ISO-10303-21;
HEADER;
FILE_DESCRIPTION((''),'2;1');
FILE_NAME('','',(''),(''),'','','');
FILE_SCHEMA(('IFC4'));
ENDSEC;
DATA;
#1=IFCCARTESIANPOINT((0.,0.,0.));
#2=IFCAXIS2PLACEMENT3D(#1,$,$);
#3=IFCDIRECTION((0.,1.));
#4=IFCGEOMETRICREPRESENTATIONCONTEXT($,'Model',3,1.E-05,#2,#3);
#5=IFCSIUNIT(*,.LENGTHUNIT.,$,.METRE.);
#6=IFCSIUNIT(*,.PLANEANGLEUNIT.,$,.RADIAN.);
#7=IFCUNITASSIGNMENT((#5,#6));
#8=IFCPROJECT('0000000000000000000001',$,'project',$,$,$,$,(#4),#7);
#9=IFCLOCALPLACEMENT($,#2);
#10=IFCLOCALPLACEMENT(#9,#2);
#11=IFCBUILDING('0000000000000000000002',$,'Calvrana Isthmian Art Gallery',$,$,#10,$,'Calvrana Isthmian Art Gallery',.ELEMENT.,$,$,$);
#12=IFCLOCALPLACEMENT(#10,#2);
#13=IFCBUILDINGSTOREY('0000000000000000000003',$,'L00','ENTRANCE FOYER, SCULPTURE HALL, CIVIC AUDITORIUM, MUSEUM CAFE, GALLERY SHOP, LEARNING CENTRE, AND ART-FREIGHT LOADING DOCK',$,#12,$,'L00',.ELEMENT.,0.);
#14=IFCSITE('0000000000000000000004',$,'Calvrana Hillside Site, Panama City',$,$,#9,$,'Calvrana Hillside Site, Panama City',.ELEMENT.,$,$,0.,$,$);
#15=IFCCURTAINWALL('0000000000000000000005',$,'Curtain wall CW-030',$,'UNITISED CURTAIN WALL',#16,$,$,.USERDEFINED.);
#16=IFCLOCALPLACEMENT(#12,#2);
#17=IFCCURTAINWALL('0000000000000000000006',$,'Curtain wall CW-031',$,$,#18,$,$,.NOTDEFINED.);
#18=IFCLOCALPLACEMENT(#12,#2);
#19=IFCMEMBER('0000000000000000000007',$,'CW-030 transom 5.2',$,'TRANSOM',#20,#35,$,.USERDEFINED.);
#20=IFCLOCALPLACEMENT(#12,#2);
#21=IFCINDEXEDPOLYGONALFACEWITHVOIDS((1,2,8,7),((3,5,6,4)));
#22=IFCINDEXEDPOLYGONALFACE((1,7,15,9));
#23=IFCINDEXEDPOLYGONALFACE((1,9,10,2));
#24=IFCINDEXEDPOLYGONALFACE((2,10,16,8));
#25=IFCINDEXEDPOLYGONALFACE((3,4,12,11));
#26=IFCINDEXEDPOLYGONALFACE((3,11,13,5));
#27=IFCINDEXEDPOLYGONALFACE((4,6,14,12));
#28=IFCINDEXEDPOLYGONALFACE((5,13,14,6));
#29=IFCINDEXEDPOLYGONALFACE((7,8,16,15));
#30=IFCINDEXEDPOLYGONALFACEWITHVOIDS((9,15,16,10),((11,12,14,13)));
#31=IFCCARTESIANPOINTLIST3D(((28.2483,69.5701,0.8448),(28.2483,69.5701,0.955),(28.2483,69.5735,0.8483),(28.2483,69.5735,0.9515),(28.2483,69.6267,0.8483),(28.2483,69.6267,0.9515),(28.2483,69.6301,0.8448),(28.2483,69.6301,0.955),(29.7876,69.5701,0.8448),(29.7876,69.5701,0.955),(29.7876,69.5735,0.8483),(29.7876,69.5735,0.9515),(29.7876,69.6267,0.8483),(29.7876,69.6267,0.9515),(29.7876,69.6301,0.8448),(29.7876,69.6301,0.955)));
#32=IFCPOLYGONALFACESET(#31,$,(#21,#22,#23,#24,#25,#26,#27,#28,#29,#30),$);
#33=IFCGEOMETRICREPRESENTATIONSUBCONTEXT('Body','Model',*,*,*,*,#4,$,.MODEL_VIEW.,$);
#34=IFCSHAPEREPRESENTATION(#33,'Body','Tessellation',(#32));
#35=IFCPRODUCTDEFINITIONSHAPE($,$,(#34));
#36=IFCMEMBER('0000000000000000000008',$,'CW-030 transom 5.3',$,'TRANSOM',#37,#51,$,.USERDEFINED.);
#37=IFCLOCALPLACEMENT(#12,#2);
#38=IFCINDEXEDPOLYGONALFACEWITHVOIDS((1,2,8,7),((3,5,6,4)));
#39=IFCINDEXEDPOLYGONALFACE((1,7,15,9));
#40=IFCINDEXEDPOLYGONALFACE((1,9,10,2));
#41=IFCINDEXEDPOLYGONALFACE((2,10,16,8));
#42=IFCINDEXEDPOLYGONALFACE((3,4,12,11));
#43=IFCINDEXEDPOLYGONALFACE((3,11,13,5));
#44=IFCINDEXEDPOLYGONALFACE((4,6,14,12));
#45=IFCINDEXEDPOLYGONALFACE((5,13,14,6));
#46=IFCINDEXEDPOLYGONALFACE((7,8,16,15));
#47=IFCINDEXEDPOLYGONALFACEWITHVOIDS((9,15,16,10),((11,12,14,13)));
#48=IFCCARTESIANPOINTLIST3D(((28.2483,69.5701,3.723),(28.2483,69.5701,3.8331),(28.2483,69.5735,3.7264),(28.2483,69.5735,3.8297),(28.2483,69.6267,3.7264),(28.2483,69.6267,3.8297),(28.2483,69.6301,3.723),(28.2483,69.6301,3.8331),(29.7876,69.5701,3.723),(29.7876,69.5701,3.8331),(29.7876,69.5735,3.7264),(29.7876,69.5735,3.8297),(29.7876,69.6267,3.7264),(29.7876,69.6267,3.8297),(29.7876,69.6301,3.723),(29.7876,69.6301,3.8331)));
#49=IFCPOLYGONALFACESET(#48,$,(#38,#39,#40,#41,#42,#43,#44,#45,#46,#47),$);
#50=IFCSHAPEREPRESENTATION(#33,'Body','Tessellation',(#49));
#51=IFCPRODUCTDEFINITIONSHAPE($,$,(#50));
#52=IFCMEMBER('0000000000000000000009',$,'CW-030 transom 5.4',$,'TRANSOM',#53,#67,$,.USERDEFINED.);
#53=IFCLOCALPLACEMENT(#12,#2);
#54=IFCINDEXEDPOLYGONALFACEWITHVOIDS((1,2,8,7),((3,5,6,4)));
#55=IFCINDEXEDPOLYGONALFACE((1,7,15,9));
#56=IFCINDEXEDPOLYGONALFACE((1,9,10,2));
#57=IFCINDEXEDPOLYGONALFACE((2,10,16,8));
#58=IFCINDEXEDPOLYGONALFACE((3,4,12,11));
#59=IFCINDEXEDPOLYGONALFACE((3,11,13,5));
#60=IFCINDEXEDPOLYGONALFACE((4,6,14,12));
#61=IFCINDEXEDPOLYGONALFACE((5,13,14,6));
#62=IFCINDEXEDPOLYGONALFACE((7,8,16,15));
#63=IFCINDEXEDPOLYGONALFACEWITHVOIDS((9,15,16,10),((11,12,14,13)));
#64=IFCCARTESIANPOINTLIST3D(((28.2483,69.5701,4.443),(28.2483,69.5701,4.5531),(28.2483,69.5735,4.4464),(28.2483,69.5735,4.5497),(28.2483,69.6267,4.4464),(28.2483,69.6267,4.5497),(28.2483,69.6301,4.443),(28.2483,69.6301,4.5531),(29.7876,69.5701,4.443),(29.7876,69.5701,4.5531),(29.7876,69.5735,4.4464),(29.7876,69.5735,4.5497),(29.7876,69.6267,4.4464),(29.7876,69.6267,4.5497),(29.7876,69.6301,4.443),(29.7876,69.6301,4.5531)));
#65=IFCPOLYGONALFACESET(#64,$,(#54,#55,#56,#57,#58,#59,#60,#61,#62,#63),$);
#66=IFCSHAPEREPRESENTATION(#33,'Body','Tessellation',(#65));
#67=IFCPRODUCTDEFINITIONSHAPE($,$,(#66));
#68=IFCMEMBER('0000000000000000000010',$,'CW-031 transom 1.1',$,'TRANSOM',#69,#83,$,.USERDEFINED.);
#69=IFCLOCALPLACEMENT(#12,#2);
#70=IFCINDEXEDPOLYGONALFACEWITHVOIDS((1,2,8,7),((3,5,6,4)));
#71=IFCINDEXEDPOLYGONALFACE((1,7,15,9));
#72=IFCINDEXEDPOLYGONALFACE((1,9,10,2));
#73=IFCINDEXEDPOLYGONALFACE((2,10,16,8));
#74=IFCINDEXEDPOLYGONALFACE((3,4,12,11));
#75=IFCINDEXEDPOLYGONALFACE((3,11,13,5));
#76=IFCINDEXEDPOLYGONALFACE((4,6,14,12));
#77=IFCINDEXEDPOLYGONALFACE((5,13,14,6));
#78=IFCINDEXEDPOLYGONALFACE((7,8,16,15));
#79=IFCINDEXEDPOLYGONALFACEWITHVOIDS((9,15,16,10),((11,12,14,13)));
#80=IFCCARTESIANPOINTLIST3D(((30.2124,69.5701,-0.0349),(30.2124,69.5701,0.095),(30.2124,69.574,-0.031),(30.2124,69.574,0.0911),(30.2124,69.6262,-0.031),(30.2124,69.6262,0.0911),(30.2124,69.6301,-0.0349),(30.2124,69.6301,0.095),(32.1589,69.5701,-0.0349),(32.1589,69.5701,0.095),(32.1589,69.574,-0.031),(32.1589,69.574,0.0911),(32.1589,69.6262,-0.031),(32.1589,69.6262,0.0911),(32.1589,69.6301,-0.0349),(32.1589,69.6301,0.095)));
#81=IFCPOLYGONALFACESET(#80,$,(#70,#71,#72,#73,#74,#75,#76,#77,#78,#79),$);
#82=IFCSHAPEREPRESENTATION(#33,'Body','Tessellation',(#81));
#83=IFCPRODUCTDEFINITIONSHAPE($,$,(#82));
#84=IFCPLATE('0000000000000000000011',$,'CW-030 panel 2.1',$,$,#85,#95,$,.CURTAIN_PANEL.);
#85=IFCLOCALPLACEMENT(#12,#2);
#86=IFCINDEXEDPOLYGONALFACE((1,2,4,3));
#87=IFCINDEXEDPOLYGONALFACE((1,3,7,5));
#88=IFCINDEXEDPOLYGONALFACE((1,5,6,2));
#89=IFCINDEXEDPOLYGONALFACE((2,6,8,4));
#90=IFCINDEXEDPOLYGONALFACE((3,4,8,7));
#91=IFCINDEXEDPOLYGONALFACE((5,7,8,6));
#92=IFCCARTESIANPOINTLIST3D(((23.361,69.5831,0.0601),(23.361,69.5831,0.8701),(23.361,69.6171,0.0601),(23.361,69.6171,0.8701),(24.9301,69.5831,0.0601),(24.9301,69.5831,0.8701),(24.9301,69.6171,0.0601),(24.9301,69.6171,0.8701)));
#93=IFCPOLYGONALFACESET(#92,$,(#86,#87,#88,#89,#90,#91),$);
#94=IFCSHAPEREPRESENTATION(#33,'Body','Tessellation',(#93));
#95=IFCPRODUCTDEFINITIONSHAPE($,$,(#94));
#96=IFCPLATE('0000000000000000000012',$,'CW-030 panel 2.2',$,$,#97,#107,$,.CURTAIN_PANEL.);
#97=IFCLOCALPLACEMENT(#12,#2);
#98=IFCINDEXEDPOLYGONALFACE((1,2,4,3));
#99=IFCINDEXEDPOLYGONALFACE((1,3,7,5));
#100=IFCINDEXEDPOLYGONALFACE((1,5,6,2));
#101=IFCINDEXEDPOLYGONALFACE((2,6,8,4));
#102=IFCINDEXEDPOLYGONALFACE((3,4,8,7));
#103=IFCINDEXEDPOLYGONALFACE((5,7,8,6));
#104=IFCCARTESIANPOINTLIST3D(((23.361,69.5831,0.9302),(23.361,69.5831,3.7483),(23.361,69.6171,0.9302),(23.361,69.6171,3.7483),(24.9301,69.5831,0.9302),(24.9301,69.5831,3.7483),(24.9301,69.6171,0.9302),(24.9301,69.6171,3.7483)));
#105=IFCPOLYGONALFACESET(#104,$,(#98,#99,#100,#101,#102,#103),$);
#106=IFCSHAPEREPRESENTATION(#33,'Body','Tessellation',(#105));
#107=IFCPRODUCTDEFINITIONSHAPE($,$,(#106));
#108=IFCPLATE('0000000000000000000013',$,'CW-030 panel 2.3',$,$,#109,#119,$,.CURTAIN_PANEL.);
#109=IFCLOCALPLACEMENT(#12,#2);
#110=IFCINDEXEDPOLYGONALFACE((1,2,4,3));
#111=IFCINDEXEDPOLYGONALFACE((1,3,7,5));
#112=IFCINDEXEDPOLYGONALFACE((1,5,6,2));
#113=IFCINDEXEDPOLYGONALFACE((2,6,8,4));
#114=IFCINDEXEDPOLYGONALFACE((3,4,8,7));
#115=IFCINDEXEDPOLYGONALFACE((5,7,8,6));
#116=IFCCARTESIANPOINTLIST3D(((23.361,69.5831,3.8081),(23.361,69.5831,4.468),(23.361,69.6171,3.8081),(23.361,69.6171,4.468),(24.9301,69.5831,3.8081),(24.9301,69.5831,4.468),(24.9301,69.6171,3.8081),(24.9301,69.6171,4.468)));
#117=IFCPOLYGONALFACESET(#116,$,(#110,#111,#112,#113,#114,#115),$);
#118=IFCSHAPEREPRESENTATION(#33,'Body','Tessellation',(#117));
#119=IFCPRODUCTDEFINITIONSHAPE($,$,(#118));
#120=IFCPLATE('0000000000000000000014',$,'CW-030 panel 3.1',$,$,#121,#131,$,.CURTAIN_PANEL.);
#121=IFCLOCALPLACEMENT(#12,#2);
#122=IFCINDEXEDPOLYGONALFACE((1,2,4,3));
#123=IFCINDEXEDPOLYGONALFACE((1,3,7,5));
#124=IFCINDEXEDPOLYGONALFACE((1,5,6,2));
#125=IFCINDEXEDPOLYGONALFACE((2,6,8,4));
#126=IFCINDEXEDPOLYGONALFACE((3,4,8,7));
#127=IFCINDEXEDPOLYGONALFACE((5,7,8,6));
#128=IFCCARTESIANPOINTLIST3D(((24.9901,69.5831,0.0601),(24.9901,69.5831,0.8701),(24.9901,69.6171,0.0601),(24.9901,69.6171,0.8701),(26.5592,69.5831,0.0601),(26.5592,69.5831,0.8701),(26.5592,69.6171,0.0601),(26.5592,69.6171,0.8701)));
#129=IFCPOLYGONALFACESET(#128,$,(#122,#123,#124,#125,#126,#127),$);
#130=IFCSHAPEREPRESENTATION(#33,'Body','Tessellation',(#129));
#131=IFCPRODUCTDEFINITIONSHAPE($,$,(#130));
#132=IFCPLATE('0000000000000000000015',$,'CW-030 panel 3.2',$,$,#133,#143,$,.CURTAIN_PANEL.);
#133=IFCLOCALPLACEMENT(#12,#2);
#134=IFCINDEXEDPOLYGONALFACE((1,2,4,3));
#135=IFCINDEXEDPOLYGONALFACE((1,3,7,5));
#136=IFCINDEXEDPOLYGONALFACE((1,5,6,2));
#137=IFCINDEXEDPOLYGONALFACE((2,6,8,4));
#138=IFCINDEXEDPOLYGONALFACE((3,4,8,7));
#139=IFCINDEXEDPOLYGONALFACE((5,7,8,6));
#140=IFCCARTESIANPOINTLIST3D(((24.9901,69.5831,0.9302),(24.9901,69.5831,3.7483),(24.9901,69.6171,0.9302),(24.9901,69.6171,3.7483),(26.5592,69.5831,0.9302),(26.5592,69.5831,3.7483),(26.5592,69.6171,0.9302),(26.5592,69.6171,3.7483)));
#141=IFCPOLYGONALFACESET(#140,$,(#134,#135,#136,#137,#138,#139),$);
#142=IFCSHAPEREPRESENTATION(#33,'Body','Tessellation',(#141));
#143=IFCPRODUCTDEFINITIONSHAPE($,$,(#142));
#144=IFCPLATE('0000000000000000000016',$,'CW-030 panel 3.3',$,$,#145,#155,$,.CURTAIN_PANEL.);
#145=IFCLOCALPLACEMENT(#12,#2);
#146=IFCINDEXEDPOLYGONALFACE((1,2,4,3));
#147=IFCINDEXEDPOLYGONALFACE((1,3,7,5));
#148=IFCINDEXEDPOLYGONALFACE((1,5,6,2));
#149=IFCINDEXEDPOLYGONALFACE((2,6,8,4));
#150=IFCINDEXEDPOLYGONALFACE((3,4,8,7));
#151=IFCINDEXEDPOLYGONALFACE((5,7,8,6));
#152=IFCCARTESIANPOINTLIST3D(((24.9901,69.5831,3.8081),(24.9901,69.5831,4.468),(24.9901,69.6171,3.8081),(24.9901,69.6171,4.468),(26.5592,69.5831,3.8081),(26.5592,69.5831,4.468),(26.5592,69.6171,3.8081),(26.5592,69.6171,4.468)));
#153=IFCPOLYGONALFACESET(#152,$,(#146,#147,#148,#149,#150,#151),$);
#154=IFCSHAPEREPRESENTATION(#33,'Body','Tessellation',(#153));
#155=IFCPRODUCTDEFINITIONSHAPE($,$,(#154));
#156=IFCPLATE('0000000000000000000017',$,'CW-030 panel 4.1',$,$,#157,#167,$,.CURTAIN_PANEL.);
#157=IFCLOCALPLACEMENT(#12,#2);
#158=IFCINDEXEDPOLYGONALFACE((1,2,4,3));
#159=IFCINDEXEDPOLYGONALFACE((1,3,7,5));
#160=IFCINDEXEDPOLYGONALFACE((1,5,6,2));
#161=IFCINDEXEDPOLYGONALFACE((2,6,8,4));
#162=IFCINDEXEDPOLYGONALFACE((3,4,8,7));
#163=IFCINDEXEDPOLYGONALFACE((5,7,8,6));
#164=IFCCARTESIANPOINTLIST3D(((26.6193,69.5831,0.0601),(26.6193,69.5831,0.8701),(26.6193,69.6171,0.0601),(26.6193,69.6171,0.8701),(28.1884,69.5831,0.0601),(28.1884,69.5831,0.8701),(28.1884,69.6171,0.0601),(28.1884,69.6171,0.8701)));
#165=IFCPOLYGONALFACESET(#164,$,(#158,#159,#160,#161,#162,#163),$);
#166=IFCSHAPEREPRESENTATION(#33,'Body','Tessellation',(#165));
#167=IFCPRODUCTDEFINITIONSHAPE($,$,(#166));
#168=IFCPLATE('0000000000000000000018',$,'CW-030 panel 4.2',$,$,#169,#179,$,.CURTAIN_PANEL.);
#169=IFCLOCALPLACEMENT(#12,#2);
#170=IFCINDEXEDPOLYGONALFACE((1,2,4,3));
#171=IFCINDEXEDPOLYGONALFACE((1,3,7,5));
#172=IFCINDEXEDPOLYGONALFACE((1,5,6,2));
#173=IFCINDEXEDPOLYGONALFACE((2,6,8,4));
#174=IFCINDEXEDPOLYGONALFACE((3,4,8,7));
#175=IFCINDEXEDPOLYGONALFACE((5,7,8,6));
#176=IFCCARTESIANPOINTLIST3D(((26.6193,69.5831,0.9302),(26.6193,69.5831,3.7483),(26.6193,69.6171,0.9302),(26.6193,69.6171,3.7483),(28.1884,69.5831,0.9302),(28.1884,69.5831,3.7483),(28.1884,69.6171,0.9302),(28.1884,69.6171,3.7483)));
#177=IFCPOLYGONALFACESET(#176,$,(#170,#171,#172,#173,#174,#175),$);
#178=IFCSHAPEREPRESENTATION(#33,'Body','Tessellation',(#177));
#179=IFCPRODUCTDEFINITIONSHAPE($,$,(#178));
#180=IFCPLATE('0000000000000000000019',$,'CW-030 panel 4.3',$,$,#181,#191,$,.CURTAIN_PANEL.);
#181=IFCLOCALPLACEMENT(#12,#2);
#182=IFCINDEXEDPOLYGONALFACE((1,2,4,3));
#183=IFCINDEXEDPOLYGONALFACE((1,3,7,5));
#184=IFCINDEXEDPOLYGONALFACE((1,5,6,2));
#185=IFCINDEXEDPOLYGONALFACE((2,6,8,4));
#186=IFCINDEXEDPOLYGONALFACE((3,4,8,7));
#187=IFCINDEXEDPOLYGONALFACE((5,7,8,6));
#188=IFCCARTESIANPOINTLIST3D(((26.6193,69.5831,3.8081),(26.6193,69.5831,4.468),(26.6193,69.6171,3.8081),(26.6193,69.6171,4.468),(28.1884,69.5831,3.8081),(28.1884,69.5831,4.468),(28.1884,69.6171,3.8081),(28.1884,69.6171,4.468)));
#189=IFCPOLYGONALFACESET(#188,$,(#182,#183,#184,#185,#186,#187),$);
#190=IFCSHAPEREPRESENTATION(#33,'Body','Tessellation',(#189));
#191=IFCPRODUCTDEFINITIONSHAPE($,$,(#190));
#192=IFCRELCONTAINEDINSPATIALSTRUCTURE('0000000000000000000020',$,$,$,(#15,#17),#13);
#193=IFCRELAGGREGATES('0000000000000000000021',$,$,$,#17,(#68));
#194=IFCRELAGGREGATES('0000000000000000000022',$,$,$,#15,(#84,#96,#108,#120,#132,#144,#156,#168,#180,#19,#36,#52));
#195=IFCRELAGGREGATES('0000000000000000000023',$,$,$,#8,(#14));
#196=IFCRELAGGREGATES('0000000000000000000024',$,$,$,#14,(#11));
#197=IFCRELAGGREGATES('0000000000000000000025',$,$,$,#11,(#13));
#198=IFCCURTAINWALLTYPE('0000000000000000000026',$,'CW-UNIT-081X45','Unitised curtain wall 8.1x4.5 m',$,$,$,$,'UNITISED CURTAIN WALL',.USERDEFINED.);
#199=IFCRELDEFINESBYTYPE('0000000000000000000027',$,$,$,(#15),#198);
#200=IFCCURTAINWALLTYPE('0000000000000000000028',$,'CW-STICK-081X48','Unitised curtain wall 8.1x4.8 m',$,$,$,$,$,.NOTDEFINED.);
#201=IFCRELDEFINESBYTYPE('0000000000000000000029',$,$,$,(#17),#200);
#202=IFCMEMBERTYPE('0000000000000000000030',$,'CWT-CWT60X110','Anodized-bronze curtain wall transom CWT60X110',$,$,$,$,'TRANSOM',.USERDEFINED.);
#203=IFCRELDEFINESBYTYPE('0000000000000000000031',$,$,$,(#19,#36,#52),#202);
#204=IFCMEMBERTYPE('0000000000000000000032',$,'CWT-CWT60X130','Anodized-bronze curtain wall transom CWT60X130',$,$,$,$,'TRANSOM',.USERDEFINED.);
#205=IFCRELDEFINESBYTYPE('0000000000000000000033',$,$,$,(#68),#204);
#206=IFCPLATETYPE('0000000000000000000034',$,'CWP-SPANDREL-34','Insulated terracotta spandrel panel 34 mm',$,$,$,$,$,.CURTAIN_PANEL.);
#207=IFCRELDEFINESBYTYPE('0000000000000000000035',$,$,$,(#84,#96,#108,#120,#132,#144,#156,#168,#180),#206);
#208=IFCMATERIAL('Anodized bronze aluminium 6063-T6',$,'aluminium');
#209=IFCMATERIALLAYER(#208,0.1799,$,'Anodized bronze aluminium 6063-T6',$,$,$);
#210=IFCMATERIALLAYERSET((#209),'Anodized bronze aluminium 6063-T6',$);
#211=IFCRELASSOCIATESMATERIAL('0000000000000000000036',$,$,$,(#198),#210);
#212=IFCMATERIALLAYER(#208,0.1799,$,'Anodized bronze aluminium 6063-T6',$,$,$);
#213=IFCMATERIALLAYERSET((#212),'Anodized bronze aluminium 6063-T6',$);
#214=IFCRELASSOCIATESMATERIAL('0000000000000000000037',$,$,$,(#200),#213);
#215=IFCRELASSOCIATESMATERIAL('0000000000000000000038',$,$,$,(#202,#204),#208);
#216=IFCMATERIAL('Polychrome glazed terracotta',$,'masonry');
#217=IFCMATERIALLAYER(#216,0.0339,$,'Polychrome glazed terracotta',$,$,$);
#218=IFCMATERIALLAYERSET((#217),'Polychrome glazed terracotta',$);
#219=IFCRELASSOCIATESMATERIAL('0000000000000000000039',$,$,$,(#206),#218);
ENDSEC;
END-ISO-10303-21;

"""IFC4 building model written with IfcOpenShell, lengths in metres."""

from ifc_helpers import new_model, si_unit, direction, frame, origin, origin_2d, place, context, subcontext, project, spatial, rectangle, hollow_rectangle, extrude, material, layer, layer_set, material_profile, profile_set, type_object, element, aggregate, save


model = new_model("IFC4")

# Units and contexts
model_context = context("Model", 3, precision=1e-05, world=origin(), true_north=direction((0.0, 1.0)))
body_context = subcontext(model_context, "Body", "Model", "MODEL_VIEW")
ifc_project = project(units=[si_unit("LENGTHUNIT", "METRE"), si_unit("PLANEANGLEUNIT", "RADIAN")], contexts=[model_context])

# Site, building, storey
site_placement = place(None, origin())
site = spatial("IfcSite", under=ifc_project, at=site_placement, Name="Calvrana Hillside Site, Panama City", LongName="Calvrana Hillside Site, Panama City", CompositionType="ELEMENT", RefElevation=0.0)
building_placement = place(site_placement, origin())
building = spatial("IfcBuilding", under=site, at=building_placement, Name="Calvrana Isthmian Art Gallery", LongName="Calvrana Isthmian Art Gallery", CompositionType="ELEMENT")
storey_placement = place(building_placement, origin())
storey = spatial("IfcBuildingStorey", under=building, at=storey_placement, Name="L00", Description="ENTRANCE FOYER, SCULPTURE HALL, CIVIC AUDITORIUM, MUSEUM CAFE, GALLERY SHOP, LEARNING CENTRE, AND ART-FREIGHT LOADING DOCK", LongName="L00", CompositionType="ELEMENT", Elevation=0.0)

# Curtain wall
ifc_material_1 = material(Name="Anodized bronze aluminium 6063-T6", Category="aluminium")
ifc_layer_1 = layer(ifc_material_1, 0.1799, Name="Anodized bronze aluminium 6063-T6")
ifc_layer_set_1 = layer_set([ifc_layer_1], Name="Anodized bronze aluminium 6063-T6")
curtain_wall_type_1 = type_object("IfcCurtainWallType", Name="CW-UNIT-081X45", Description="Unitised curtain wall 8.1x4.5 m", ElementType="UNITISED CURTAIN WALL", PredefinedType="USERDEFINED", material=ifc_layer_set_1)
curtain_wall_1_placement = place(storey_placement, origin())
curtain_wall_1 = element("IfcCurtainWall", 1, at=curtain_wall_1_placement, inside=storey, type_object=curtain_wall_type_1, Name="Curtain wall CW-030", ObjectType="UNITISED CURTAIN WALL", PredefinedType="USERDEFINED")

# Curtain wall
ifc_layer_2 = layer(ifc_material_1, 0.1799, Name="Anodized bronze aluminium 6063-T6")
ifc_layer_set_2 = layer_set([ifc_layer_2], Name="Anodized bronze aluminium 6063-T6")
curtain_wall_type_2 = type_object("IfcCurtainWallType", Name="CW-STICK-081X48", Description="Unitised curtain wall 8.1x4.8 m", PredefinedType="NOTDEFINED", material=ifc_layer_set_2)
curtain_wall_2_placement = place(storey_placement, origin())
curtain_wall_2 = element("IfcCurtainWall", 2, at=curtain_wall_2_placement, inside=storey, type_object=curtain_wall_type_2, Name="Curtain wall CW-031", PredefinedType="NOTDEFINED")

# Members
ifc_material_profile_1 = material_profile(ifc_material_1, hollow_rectangle(XDim=0.0601, YDim=0.1101, WallThickness=0.0034, at=origin_2d()), Name="CWT60X110")
ifc_profile_set_1 = profile_set([ifc_material_profile_1], Name="Anodized bronze aluminium 6063-T6")
member_type_1 = type_object("IfcMemberType", Name="CWT-CWT60X110", Description="Anodized-bronze curtain wall transom CWT60X110", ElementType="TRANSOM", PredefinedType="USERDEFINED", material=ifc_profile_set_1)
member_1_placement = place(storey_placement, frame((28.2483, 69.6001, 0.8999), z_axis=(1.0, 0.0, 0.0), x_axis=(0.0, 1.0, 0.0)))
member_1 = element("IfcMember", 3, at=member_1_placement, type_object=member_type_1, Name="CW-030 transom 5.2", ObjectType="TRANSOM", PredefinedType="USERDEFINED", context=body_context, shape_type="SweptSolid", body=[
    extrude(hollow_rectangle(XDim=0.0601, YDim=0.1101, WallThickness=0.0034, at=origin_2d()), origin(), (0.0, 0.0, 1.0), 1.5393),
])
member_2_placement = place(storey_placement, frame((28.2483, 69.6001, 3.7781), z_axis=(1.0, 0.0, 0.0), x_axis=(0.0, 1.0, 0.0)))
member_2 = element("IfcMember", 4, at=member_2_placement, type_object=member_type_1, Name="CW-030 transom 5.3", ObjectType="TRANSOM", PredefinedType="USERDEFINED", context=body_context, shape_type="SweptSolid", body=[
    extrude(hollow_rectangle(XDim=0.0601, YDim=0.1101, WallThickness=0.0034, at=origin_2d()), origin(), (0.0, 0.0, 1.0), 1.5393),
])
member_3_placement = place(storey_placement, frame((28.2483, 69.6001, 4.498), z_axis=(1.0, 0.0, 0.0), x_axis=(0.0, 1.0, 0.0)))
member_3 = element("IfcMember", 5, at=member_3_placement, type_object=member_type_1, Name="CW-030 transom 5.4", ObjectType="TRANSOM", PredefinedType="USERDEFINED", context=body_context, shape_type="SweptSolid", body=[
    extrude(hollow_rectangle(XDim=0.0601, YDim=0.1101, WallThickness=0.0034, at=origin_2d()), origin(), (0.0, 0.0, 1.0), 1.5393),
])
ifc_material_profile_2 = material_profile(ifc_material_1, hollow_rectangle(XDim=0.0601, YDim=0.1299, WallThickness=0.0039, at=origin_2d()), Name="CWT60X130")
ifc_profile_set_2 = profile_set([ifc_material_profile_2], Name="Anodized bronze aluminium 6063-T6")
member_type_2 = type_object("IfcMemberType", Name="CWT-CWT60X130", Description="Anodized-bronze curtain wall transom CWT60X130", ElementType="TRANSOM", PredefinedType="USERDEFINED", material=ifc_profile_set_2)
member_4_placement = place(storey_placement, frame((30.2124, 69.6001, 0.03), z_axis=(1.0, 0.0, 0.0), x_axis=(0.0, 1.0, 0.0)))
member_4 = element("IfcMember", 6, at=member_4_placement, type_object=member_type_2, Name="CW-031 transom 1.1", ObjectType="TRANSOM", PredefinedType="USERDEFINED", context=body_context, shape_type="SweptSolid", body=[
    extrude(hollow_rectangle(XDim=0.0601, YDim=0.1299, WallThickness=0.0039, at=origin_2d()), origin(), (0.0, 0.0, 1.0), 1.9465),
])
aggregate(curtain_wall_2, [member_4])

# Plates
ifc_material_2 = material(Name="Polychrome glazed terracotta", Category="masonry")
ifc_layer_3 = layer(ifc_material_2, 0.0339, Name="Polychrome glazed terracotta")
ifc_layer_set_3 = layer_set([ifc_layer_3], Name="Polychrome glazed terracotta")
plate_type_1 = type_object("IfcPlateType", Name="CWP-SPANDREL-34", Description="Insulated terracotta spandrel panel 34 mm", PredefinedType="CURTAIN_PANEL", material=ifc_layer_set_3)
plate_1_placement = place(storey_placement, frame((24.1455, 69.6001, 0.0601), z_axis=(0.0, 0.0, 1.0), x_axis=(1.0, 0.0, 0.0)))
plate_1 = element("IfcPlate", 7, at=plate_1_placement, type_object=plate_type_1, Name="CW-030 panel 2.1", PredefinedType="CURTAIN_PANEL", context=body_context, shape_type="SweptSolid", body=[
    extrude(rectangle(XDim=1.5691, YDim=0.0339, at=origin_2d()), origin(), (0.0, 0.0, 1.0), 0.8101),
])
plate_2_placement = place(storey_placement, frame((24.1455, 69.6001, 0.9302), z_axis=(0.0, 0.0, 1.0), x_axis=(1.0, 0.0, 0.0)))
plate_2 = element("IfcPlate", 8, at=plate_2_placement, type_object=plate_type_1, Name="CW-030 panel 2.2", PredefinedType="CURTAIN_PANEL", context=body_context, shape_type="SweptSolid", body=[
    extrude(rectangle(XDim=1.5691, YDim=0.0339, at=origin_2d()), origin(), (0.0, 0.0, 1.0), 2.8181),
])
plate_3_placement = place(storey_placement, frame((24.1455, 69.6001, 3.8081), z_axis=(0.0, 0.0, 1.0), x_axis=(1.0, 0.0, 0.0)))
plate_3 = element("IfcPlate", 9, at=plate_3_placement, type_object=plate_type_1, Name="CW-030 panel 2.3", PredefinedType="CURTAIN_PANEL", context=body_context, shape_type="SweptSolid", body=[
    extrude(rectangle(XDim=1.5691, YDim=0.0339, at=origin_2d()), origin(), (0.0, 0.0, 1.0), 0.6599),
])
plate_4_placement = place(storey_placement, frame((25.7747, 69.6001, 0.0601), z_axis=(0.0, 0.0, 1.0), x_axis=(1.0, 0.0, 0.0)))
plate_4 = element("IfcPlate", 10, at=plate_4_placement, type_object=plate_type_1, Name="CW-030 panel 3.1", PredefinedType="CURTAIN_PANEL", context=body_context, shape_type="SweptSolid", body=[
    extrude(rectangle(XDim=1.5691, YDim=0.0339, at=origin_2d()), origin(), (0.0, 0.0, 1.0), 0.8101),
])
plate_5_placement = place(storey_placement, frame((25.7747, 69.6001, 0.9302), z_axis=(0.0, 0.0, 1.0), x_axis=(1.0, 0.0, 0.0)))
plate_5 = element("IfcPlate", 11, at=plate_5_placement, type_object=plate_type_1, Name="CW-030 panel 3.2", PredefinedType="CURTAIN_PANEL", context=body_context, shape_type="SweptSolid", body=[
    extrude(rectangle(XDim=1.5691, YDim=0.0339, at=origin_2d()), origin(), (0.0, 0.0, 1.0), 2.8181),
])
plate_6_placement = place(storey_placement, frame((25.7747, 69.6001, 3.8081), z_axis=(0.0, 0.0, 1.0), x_axis=(1.0, 0.0, 0.0)))
plate_6 = element("IfcPlate", 12, at=plate_6_placement, type_object=plate_type_1, Name="CW-030 panel 3.3", PredefinedType="CURTAIN_PANEL", context=body_context, shape_type="SweptSolid", body=[
    extrude(rectangle(XDim=1.5691, YDim=0.0339, at=origin_2d()), origin(), (0.0, 0.0, 1.0), 0.6599),
])
plate_7_placement = place(storey_placement, frame((27.4038, 69.6001, 0.0601), z_axis=(0.0, 0.0, 1.0), x_axis=(1.0, 0.0, 0.0)))
plate_7 = element("IfcPlate", 13, at=plate_7_placement, type_object=plate_type_1, Name="CW-030 panel 4.1", PredefinedType="CURTAIN_PANEL", context=body_context, shape_type="SweptSolid", body=[
    extrude(rectangle(XDim=1.5691, YDim=0.0339, at=origin_2d()), origin(), (0.0, 0.0, 1.0), 0.8101),
])
plate_8_placement = place(storey_placement, frame((27.4038, 69.6001, 0.9302), z_axis=(0.0, 0.0, 1.0), x_axis=(1.0, 0.0, 0.0)))
plate_8 = element("IfcPlate", 14, at=plate_8_placement, type_object=plate_type_1, Name="CW-030 panel 4.2", PredefinedType="CURTAIN_PANEL", context=body_context, shape_type="SweptSolid", body=[
    extrude(rectangle(XDim=1.5691, YDim=0.0339, at=origin_2d()), origin(), (0.0, 0.0, 1.0), 2.8181),
])
plate_9_placement = place(storey_placement, frame((27.4038, 69.6001, 3.8081), z_axis=(0.0, 0.0, 1.0), x_axis=(1.0, 0.0, 0.0)))
plate_9 = element("IfcPlate", 15, at=plate_9_placement, type_object=plate_type_1, Name="CW-030 panel 4.3", PredefinedType="CURTAIN_PANEL", context=body_context, shape_type="SweptSolid", body=[
    extrude(rectangle(XDim=1.5691, YDim=0.0339, at=origin_2d()), origin(), (0.0, 0.0, 1.0), 0.6599),
])
aggregate(curtain_wall_1, [plate_1, plate_2, plate_3, plate_4, plate_5, plate_6, plate_7, plate_8, plate_9, member_1, member_2, member_3])

save(model, "model.ifc")
